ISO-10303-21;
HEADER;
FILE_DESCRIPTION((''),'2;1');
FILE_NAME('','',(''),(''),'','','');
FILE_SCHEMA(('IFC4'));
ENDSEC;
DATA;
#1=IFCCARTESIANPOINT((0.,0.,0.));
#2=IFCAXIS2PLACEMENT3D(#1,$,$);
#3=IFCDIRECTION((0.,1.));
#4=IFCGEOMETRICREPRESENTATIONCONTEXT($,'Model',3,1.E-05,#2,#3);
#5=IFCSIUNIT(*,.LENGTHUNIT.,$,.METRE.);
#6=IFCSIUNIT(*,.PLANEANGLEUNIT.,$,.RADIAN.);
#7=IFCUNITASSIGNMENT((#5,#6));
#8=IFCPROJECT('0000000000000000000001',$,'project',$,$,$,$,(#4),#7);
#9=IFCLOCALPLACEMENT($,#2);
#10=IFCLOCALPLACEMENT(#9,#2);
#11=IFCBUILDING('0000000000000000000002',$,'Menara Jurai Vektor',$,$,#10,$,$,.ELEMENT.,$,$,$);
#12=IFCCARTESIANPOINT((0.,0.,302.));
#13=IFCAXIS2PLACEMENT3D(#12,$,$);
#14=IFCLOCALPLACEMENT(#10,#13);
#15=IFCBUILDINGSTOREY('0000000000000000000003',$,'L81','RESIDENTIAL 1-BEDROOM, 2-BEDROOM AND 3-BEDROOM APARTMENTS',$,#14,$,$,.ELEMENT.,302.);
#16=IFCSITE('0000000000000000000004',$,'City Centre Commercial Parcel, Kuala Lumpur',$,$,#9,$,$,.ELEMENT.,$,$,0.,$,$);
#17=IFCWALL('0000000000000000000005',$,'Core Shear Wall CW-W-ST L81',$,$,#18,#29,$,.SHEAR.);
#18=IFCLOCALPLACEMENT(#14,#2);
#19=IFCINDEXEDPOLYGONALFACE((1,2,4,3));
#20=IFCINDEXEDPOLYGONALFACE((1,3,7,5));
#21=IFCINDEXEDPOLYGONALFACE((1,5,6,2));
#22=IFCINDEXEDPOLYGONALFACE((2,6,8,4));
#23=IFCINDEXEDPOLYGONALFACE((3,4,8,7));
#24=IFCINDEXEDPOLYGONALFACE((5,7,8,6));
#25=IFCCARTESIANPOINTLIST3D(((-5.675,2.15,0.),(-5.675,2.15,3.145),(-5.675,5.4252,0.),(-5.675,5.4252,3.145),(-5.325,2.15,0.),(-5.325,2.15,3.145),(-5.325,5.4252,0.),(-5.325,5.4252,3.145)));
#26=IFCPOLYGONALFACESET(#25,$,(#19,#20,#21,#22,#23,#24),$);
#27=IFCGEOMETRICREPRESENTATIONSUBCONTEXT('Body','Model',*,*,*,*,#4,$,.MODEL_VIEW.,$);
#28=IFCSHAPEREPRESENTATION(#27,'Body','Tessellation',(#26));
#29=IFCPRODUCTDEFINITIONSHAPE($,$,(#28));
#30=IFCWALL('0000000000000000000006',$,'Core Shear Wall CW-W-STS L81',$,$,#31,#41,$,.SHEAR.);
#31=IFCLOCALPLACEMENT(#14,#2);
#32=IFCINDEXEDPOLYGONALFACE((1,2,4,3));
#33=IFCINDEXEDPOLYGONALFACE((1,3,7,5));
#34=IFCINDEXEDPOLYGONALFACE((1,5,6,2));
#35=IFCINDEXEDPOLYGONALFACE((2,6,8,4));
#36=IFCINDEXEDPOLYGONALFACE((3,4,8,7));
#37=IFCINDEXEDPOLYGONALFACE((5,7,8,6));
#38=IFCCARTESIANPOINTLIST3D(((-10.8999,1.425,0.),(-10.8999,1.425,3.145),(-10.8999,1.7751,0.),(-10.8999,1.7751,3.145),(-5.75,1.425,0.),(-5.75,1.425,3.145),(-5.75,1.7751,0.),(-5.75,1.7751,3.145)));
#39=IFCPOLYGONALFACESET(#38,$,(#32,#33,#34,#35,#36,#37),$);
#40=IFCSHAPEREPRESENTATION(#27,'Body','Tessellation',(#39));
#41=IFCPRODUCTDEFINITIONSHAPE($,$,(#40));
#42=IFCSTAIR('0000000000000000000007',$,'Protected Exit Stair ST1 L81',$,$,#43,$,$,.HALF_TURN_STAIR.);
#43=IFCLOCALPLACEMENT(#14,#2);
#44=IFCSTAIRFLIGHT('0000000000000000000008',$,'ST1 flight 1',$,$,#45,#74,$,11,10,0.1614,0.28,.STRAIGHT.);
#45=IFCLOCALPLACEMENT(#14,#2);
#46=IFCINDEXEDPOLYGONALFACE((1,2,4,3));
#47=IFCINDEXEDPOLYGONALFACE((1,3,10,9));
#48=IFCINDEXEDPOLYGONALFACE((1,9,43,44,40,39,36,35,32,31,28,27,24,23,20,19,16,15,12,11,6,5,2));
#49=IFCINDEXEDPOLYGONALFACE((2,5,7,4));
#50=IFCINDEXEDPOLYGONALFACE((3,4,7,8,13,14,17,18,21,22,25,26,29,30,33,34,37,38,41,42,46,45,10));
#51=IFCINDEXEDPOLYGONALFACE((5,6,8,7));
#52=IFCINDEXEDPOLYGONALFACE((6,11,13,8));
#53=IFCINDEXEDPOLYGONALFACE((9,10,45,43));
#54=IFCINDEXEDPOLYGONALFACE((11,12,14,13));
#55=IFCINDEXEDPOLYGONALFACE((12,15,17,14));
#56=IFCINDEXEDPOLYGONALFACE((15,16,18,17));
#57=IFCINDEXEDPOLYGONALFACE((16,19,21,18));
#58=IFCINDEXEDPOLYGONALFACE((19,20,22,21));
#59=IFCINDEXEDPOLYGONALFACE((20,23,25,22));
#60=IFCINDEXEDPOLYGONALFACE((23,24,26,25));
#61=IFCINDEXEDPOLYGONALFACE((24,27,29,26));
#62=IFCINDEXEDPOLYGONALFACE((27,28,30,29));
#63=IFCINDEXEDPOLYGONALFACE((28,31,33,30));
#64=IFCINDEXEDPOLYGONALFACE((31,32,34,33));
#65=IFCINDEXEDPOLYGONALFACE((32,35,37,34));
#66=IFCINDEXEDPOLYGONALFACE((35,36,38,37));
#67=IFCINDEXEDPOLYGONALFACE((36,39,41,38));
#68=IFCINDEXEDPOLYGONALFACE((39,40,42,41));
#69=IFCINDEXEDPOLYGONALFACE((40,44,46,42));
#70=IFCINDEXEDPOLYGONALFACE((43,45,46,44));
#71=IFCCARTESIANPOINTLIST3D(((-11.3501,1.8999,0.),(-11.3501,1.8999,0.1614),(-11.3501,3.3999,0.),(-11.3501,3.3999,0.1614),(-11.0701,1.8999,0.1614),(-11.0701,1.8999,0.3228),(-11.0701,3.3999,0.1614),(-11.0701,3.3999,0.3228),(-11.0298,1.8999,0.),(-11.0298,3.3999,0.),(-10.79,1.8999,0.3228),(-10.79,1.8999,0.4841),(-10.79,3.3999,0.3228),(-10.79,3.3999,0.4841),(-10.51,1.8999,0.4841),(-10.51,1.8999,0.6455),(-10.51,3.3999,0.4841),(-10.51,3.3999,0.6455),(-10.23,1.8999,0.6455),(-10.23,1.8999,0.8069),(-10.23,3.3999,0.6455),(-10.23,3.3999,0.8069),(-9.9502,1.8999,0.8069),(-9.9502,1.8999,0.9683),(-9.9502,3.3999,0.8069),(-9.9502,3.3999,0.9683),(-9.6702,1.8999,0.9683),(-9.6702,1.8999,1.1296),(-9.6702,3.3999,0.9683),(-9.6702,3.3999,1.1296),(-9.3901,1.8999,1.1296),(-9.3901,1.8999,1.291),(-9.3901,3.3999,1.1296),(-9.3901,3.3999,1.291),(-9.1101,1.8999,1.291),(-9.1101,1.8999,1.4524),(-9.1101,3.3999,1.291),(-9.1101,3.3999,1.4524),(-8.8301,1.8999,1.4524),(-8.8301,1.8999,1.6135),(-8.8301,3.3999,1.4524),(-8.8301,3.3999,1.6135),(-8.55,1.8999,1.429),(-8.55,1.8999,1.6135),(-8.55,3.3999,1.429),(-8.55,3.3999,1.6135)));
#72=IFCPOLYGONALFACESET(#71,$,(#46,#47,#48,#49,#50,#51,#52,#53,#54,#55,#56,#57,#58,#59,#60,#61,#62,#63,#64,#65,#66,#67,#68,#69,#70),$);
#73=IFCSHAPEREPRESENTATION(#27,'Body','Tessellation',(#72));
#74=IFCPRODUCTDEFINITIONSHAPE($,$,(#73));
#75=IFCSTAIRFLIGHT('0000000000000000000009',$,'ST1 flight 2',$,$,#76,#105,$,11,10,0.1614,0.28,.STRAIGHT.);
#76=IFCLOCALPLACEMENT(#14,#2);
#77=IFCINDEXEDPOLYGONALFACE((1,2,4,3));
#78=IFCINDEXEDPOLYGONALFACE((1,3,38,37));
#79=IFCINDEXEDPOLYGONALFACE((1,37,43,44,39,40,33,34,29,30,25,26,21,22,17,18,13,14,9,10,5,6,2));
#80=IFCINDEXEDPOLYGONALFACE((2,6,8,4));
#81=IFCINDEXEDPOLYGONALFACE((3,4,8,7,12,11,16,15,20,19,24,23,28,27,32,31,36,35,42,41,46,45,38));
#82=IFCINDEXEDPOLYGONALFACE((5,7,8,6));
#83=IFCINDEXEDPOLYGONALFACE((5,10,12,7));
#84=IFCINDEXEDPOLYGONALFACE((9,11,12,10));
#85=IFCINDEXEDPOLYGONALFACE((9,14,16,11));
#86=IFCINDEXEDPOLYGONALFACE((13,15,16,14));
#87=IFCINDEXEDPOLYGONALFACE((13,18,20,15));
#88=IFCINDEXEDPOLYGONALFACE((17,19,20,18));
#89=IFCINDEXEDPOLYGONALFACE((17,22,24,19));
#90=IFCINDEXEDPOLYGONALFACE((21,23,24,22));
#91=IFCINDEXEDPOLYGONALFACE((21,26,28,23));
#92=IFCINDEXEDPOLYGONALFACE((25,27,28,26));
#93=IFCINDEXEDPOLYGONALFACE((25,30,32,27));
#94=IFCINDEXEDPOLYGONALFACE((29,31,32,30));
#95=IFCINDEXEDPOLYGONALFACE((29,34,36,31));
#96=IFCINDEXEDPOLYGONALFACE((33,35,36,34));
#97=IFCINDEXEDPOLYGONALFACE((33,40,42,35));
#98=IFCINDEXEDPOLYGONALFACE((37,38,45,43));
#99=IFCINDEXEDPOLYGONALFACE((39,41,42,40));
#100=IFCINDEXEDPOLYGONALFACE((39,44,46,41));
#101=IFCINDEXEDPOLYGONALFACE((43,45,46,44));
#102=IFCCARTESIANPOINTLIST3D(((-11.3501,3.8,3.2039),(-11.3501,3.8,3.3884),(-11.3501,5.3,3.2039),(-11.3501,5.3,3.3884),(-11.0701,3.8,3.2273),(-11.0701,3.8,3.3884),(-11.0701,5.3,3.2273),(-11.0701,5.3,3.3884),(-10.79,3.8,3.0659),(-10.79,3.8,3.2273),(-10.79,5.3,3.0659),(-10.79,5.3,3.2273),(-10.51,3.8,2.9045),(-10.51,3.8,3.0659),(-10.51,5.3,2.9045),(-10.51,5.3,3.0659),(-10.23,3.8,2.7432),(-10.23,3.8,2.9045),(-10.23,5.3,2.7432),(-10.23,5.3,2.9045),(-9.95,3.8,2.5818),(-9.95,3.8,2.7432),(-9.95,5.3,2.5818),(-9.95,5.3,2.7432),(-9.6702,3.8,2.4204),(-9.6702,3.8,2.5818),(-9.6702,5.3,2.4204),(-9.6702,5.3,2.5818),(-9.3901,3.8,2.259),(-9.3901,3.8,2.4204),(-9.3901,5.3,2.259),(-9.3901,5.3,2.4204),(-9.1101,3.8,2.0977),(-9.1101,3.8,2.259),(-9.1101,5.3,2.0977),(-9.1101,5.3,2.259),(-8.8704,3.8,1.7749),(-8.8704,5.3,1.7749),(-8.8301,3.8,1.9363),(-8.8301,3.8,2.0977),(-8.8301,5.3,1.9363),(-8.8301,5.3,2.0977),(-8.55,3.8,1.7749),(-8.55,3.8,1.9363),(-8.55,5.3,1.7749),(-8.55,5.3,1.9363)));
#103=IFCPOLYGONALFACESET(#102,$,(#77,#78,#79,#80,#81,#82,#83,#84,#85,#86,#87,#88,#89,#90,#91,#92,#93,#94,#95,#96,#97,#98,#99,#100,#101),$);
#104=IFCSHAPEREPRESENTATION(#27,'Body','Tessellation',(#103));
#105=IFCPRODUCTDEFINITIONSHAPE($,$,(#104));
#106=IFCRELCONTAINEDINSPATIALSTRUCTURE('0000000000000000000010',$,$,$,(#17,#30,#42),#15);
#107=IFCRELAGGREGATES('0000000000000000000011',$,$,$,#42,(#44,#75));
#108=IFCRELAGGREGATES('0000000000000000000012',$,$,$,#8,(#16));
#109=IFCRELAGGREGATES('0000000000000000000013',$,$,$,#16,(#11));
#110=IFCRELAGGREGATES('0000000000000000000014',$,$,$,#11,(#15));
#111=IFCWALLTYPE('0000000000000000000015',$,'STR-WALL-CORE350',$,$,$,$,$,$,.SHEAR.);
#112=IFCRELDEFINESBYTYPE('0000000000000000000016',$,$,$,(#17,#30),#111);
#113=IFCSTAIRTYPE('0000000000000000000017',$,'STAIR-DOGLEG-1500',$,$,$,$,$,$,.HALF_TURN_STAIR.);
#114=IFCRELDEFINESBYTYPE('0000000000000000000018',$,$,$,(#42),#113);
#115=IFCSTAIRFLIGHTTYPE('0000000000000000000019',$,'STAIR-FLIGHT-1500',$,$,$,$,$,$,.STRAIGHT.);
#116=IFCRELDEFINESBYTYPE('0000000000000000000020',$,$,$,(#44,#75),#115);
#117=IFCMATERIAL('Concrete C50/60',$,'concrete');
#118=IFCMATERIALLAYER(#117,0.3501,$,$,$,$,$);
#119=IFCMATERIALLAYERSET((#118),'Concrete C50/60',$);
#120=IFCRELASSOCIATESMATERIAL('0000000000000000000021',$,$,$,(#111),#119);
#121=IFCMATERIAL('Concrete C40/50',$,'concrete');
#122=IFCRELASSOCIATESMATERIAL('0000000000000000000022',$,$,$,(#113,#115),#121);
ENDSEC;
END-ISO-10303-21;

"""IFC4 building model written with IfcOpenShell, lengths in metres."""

from ifc_helpers import new_model, si_unit, direction, frame, frame_2d, origin, place, context, subcontext, project, spatial, polyline, rectangle, outline, extrude, material, layer, layer_set, type_object, element, aggregate, save


model = new_model("IFC4")

# Units and contexts
model_context = context("Model", 3, precision=1e-05, world=origin(), true_north=direction((0.0, 1.0)))
body_context = subcontext(model_context, "Body", "Model", "MODEL_VIEW")
ifc_project = project(units=[si_unit("LENGTHUNIT", "METRE"), si_unit("PLANEANGLEUNIT", "RADIAN")], contexts=[model_context])

# Site, building, storey
site_placement = place(None, origin())
site = spatial("IfcSite", under=ifc_project, at=site_placement, Name="City Centre Commercial Parcel, Kuala Lumpur", CompositionType="ELEMENT", RefElevation=0.0)
building_placement = place(site_placement, origin())
building = spatial("IfcBuilding", under=site, at=building_placement, Name="Menara Jurai Vektor", CompositionType="ELEMENT")
storey_placement = place(building_placement, frame((0.0, 0.0, 302.0)))
storey = spatial("IfcBuildingStorey", under=building, at=storey_placement, Name="L81", Description="RESIDENTIAL 1-BEDROOM, 2-BEDROOM AND 3-BEDROOM APARTMENTS", CompositionType="ELEMENT", Elevation=302.0)

# Shared definitions
ifc_material_1 = material(Name="Concrete C50/60", Category="concrete")

# Shared definitions
ifc_material_2 = material(Name="Concrete C40/50", Category="concrete")

# Walls
ifc_layer_1 = layer(ifc_material_1, 0.3501)
ifc_layer_set_1 = layer_set([ifc_layer_1], Name="Concrete C50/60")
wall_type_1 = type_object("IfcWallType", Name="STR-WALL-CORE350", PredefinedType="SHEAR", material=ifc_layer_set_1)
wall_1_placement = place(storey_placement, frame((-5.5, 2.1499, 0.0), z_axis=(0.0, 0.0, 1.0), x_axis=(0.0, 1.0, 0.0)))
element("IfcWall", 1, at=wall_1_placement, inside=storey, type_object=wall_type_1, Name="Core Shear Wall CW-W-ST L81", PredefinedType="SHEAR", context=body_context, shape_type="SweptSolid", body=[
    extrude(rectangle(XDim=3.2751, YDim=0.3501, at=frame_2d((1.6377, 0.0))), origin(), (0.0, 0.0, 1.0), 3.145),
])
wall_2_placement = place(storey_placement, frame((-10.8999, 1.6001, 0.0), z_axis=(0.0, 0.0, 1.0), x_axis=(1.0, 0.0, 0.0)))
element("IfcWall", 2, at=wall_2_placement, inside=storey, type_object=wall_type_1, Name="Core Shear Wall CW-W-STS L81", PredefinedType="SHEAR", context=body_context, shape_type="SweptSolid", body=[
    extrude(rectangle(XDim=5.1499, YDim=0.3501, at=frame_2d((2.575, 0.0))), origin(), (0.0, 0.0, 1.0), 3.145),
])

# Stair, stair flights
stair_type = type_object("IfcStairType", Name="STAIR-DOGLEG-1500", PredefinedType="HALF_TURN_STAIR", material=ifc_material_2)
stair_placement = place(storey_placement, origin())
stair = element("IfcStair", 3, at=stair_placement, inside=storey, type_object=stair_type, Name="Protected Exit Stair ST1 L81", PredefinedType="HALF_TURN_STAIR")
stair_flight_type = type_object("IfcStairFlightType", Name="STAIR-FLIGHT-1500", PredefinedType="STRAIGHT", material=ifc_material_2)
stair_flight_1_placement = place(storey_placement, frame((-11.3501, 2.6499, 0.0), z_axis=(0.0, 0.0, 1.0), x_axis=(1.0, 0.0, 0.0)))
stair_flight_1 = element("IfcStairFlight", 4, at=stair_flight_1_placement, type_object=stair_flight_type, Name="ST1 flight 1", NumberOfRisers=11, NumberOfTreads=10, PredefinedType="STRAIGHT", RiserHeight=0.1614, TreadLength=0.28, context=body_context, shape_type="SweptSolid", body=[
    extrude(outline(polyline([(0.0, 0.0), (0.0, 0.1614), (0.28, 0.1614), (0.28, 0.3228), (0.5601, 0.3228), (0.5601, 0.4841), (0.8401, 0.4841), (0.8401, 0.6455), (1.1201, 0.6455), (1.1201, 0.8069), (1.3999, 0.8069), (1.3999, 0.9683), (1.6799, 0.9683), (1.6799, 1.1296), (1.96, 1.1296), (1.96, 1.291), (2.24, 1.291), (2.24, 1.4524), (2.52, 1.4524), (2.52, 1.6135), (2.8, 1.6135), (2.8, 1.7749), (2.8, 1.429), (0.3203, 0.0), (0.0, 0.0)])), frame((0.0, 0.75, 0.0), z_axis=(0.0, -1.0, 0.0), x_axis=(1.0, 0.0, 0.0)), (0.0, 0.0, 1.0), 1.5),
])
stair_flight_2_placement = place(storey_placement, frame((-8.55, 4.55, 1.7749), z_axis=(0.0, 0.0, 1.0), x_axis=(-1.0, 0.0, 0.0)))
stair_flight_2 = element("IfcStairFlight", 5, at=stair_flight_2_placement, type_object=stair_flight_type, Name="ST1 flight 2", NumberOfRisers=11, NumberOfTreads=10, PredefinedType="STRAIGHT", RiserHeight=0.1614, TreadLength=0.28, context=body_context, shape_type="SweptSolid", body=[
    extrude(outline(polyline([(0.0, 0.0), (0.0, 0.1614), (0.28, 0.1614), (0.28, 0.3228), (0.5601, 0.3228), (0.5601, 0.4841), (0.8401, 0.4841), (0.8401, 0.6455), (1.1201, 0.6455), (1.1201, 0.8069), (1.3999, 0.8069), (1.3999, 0.9683), (1.6799, 0.9683), (1.6799, 1.1296), (1.96, 1.1296), (1.96, 1.291), (2.24, 1.291), (2.24, 1.4524), (2.52, 1.4524), (2.52, 1.6135), (2.8, 1.6135), (2.8, 1.7749), (2.8, 1.429), (0.3203, 0.0), (0.0, 0.0)])), frame((0.0, 0.75, 0.0), z_axis=(0.0, -1.0, 0.0), x_axis=(1.0, 0.0, 0.0)), (0.0, 0.0, 1.0), 1.5),
])
aggregate(stair, [stair_flight_1, stair_flight_2])

save(model, "model.ifc")
